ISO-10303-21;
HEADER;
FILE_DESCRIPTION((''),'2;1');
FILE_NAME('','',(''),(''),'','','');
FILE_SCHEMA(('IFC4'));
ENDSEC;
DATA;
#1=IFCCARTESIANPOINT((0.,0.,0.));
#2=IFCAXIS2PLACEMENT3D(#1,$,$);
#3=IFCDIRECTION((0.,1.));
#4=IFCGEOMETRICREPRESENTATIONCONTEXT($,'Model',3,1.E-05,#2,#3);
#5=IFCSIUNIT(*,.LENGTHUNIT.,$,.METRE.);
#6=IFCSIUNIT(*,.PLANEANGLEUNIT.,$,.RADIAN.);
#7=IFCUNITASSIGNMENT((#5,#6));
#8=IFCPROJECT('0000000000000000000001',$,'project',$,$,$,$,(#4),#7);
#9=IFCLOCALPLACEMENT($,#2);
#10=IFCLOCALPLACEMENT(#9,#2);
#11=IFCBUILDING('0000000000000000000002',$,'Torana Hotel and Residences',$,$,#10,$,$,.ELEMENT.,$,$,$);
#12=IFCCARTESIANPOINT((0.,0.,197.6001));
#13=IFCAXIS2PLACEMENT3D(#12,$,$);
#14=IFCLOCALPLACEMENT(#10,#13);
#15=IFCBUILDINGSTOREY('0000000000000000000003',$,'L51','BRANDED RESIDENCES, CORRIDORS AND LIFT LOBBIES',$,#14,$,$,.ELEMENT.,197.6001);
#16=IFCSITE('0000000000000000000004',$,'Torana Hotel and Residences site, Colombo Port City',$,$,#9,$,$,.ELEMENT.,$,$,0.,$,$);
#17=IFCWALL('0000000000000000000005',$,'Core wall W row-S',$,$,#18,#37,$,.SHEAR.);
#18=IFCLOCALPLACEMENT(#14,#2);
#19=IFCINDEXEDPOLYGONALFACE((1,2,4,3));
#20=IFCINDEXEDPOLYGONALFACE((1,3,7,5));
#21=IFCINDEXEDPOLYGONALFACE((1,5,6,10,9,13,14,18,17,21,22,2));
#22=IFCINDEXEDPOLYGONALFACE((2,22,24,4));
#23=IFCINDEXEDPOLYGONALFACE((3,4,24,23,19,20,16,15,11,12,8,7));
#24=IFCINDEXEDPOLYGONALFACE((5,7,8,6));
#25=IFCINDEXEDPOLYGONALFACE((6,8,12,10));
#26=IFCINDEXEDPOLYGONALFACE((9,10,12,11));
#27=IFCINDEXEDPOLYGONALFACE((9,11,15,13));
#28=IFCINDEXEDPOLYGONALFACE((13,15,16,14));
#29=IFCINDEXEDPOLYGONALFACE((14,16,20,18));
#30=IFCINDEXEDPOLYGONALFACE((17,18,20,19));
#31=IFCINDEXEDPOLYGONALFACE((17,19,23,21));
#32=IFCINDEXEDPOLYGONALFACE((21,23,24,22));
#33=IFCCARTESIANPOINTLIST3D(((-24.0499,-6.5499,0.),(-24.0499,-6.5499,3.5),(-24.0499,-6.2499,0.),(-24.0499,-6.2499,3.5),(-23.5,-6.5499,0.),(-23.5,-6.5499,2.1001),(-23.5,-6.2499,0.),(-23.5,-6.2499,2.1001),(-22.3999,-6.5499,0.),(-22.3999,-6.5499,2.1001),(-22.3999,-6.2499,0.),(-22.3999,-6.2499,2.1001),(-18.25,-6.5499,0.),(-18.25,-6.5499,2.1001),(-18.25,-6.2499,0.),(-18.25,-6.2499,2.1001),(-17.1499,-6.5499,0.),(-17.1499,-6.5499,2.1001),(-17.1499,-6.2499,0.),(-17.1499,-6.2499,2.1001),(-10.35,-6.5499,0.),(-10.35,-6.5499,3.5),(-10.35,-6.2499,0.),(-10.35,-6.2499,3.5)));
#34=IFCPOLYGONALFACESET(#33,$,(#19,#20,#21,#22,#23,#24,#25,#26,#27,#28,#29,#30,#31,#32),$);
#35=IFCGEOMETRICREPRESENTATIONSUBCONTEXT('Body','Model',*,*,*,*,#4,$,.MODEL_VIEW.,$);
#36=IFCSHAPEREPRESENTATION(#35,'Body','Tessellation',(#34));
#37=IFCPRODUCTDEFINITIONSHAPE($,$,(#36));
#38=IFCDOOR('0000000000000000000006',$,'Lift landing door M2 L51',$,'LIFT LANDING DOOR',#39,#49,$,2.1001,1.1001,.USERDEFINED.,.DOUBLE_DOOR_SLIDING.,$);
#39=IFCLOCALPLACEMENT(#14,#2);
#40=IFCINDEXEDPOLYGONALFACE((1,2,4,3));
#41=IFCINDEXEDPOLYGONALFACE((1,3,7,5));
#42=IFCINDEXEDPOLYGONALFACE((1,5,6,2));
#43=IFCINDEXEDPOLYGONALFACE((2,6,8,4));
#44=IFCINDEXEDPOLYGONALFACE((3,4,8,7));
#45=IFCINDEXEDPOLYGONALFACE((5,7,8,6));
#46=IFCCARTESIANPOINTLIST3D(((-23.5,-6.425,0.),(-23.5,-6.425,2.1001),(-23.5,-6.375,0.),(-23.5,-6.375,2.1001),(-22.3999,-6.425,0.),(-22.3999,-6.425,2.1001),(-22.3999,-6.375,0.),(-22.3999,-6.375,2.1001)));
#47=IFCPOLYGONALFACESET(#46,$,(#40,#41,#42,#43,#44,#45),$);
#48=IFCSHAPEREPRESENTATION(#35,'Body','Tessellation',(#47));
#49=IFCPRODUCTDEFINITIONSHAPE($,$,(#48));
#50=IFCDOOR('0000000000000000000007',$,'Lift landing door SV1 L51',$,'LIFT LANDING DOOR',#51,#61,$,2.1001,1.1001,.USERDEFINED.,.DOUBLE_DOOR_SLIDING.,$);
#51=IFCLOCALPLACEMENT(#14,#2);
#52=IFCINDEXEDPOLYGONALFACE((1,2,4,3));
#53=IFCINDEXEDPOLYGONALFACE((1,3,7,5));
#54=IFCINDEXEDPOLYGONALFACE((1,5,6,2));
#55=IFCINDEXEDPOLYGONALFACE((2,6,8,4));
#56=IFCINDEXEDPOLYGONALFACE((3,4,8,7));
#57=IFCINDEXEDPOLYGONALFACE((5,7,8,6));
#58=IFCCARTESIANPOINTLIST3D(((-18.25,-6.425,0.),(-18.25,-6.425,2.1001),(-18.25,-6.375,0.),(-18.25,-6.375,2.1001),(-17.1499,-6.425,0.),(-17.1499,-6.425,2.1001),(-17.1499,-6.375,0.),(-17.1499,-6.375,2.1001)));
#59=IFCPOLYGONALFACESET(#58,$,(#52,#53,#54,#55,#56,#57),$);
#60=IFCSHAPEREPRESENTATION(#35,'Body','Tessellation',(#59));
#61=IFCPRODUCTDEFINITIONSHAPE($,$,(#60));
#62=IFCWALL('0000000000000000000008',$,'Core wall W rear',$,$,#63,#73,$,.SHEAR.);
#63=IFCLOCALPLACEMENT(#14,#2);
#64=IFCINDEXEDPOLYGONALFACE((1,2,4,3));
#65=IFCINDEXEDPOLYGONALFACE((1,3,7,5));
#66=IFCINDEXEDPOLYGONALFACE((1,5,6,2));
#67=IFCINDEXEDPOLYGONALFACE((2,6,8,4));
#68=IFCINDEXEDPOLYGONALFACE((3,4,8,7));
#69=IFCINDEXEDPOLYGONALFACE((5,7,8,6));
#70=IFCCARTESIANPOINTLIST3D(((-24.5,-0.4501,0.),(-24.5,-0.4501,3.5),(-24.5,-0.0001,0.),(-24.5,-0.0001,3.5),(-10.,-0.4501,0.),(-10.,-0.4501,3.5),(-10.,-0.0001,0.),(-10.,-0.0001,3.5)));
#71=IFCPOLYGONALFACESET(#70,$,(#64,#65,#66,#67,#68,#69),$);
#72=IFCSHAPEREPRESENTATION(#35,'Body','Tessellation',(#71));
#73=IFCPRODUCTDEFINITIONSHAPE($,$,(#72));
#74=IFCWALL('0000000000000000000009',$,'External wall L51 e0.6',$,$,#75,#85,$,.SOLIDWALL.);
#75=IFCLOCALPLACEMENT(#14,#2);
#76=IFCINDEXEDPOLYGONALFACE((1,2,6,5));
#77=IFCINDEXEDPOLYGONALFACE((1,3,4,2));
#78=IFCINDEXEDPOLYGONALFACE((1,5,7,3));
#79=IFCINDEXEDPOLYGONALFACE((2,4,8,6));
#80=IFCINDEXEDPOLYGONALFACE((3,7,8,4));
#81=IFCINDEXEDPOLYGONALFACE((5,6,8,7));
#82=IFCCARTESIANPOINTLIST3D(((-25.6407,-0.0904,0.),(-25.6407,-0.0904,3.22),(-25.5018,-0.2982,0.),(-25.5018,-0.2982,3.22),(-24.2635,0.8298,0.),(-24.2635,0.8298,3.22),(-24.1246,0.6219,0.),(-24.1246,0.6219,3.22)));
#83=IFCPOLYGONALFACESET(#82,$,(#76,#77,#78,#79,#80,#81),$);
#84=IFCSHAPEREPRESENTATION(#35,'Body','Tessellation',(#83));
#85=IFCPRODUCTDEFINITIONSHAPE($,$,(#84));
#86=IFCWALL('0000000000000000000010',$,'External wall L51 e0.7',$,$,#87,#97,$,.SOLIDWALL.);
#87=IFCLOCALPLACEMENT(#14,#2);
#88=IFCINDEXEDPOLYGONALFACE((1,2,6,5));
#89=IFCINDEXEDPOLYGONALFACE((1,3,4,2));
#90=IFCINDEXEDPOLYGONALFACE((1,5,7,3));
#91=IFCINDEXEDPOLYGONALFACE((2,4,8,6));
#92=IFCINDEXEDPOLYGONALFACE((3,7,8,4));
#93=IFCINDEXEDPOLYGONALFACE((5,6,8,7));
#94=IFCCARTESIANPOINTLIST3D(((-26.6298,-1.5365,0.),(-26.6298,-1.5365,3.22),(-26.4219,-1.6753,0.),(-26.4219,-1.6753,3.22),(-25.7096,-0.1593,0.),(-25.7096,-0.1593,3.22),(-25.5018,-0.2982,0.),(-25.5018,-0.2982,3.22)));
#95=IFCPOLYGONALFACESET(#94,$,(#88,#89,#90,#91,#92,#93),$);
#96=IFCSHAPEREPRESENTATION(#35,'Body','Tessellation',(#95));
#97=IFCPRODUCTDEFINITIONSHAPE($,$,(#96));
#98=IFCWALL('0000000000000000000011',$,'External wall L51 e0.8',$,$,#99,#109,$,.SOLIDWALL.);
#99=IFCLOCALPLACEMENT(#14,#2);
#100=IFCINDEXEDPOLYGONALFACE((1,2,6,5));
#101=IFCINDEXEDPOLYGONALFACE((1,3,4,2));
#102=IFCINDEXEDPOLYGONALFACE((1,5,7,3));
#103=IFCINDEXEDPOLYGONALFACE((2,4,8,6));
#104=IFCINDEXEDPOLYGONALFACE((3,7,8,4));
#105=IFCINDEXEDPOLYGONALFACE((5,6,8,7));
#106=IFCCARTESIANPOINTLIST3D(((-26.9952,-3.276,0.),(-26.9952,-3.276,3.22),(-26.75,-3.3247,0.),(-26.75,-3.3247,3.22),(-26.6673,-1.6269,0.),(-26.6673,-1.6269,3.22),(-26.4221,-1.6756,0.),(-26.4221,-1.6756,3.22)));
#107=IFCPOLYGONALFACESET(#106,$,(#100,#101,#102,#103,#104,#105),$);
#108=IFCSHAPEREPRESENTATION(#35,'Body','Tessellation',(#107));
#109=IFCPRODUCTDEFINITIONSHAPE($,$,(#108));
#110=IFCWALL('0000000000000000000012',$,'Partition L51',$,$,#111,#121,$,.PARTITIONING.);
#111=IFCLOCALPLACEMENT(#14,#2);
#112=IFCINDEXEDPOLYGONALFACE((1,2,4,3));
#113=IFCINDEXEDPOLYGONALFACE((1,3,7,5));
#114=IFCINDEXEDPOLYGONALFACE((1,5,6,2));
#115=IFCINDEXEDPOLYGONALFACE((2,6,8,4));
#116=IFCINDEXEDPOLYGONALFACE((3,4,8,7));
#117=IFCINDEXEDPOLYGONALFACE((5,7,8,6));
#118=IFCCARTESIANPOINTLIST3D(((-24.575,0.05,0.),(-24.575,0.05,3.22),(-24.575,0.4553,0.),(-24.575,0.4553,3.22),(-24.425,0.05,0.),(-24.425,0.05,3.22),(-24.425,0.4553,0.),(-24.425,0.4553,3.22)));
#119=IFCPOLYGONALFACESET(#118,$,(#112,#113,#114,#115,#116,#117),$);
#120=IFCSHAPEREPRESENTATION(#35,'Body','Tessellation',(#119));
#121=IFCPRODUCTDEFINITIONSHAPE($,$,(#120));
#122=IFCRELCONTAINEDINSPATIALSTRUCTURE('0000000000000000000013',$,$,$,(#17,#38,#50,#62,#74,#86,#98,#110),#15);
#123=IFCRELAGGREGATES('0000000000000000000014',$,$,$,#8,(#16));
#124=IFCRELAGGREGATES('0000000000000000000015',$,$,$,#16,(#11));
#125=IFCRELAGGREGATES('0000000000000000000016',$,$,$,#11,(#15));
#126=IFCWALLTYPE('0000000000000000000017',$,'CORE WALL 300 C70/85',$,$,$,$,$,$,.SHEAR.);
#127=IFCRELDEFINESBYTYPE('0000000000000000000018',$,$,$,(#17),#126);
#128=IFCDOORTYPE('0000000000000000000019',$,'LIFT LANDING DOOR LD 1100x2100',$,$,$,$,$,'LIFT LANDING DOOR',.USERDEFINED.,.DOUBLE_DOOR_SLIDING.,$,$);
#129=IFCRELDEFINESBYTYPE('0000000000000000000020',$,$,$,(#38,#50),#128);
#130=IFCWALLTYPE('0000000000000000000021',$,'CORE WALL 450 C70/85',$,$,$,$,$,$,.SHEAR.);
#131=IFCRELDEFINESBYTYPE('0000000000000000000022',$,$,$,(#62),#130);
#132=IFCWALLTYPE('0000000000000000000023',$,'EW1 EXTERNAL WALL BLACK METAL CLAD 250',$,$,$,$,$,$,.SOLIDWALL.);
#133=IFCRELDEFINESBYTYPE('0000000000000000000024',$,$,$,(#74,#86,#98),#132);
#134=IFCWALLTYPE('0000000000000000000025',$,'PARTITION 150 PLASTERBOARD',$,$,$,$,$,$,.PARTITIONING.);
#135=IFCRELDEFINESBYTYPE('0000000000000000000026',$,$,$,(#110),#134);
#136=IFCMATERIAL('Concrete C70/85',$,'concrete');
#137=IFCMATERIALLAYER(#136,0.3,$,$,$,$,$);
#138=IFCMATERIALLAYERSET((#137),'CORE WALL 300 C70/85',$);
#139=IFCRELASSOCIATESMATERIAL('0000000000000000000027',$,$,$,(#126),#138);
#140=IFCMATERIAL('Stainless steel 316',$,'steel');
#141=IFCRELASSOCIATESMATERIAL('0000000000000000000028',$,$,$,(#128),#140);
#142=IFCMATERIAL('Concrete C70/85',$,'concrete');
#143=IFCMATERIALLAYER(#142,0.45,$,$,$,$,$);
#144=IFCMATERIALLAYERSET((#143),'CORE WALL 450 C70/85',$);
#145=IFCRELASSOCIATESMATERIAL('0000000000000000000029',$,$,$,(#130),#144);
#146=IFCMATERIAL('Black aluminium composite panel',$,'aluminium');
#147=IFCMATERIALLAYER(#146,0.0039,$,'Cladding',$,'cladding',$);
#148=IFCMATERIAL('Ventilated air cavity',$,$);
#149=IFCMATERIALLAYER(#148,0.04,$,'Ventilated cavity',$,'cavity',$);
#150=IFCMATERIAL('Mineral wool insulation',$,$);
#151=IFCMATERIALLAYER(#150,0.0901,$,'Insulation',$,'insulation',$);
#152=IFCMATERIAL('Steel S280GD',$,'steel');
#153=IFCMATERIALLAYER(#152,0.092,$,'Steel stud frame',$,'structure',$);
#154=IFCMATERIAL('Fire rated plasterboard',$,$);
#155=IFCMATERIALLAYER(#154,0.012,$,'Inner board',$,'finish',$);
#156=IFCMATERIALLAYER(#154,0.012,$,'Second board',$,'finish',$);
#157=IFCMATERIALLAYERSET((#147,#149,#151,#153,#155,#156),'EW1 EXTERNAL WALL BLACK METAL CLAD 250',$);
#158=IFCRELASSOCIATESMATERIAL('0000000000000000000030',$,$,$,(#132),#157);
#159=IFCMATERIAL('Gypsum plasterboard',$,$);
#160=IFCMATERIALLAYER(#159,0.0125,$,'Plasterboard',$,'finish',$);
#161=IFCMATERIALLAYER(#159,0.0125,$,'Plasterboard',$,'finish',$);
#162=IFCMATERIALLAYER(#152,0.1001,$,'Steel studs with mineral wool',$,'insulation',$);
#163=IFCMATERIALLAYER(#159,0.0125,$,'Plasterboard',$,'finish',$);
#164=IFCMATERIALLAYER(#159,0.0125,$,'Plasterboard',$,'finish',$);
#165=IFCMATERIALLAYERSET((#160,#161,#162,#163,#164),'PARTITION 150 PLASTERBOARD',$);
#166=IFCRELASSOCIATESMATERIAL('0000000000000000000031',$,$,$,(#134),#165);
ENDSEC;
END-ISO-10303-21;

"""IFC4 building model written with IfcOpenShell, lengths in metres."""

from ifc_helpers import new_model, si_unit, direction, frame, frame_2d, origin, place, context, subcontext, project, spatial, rectangle, extrude, material, layer, layer_set, type_object, element, fill, save


model = new_model("IFC4")

# Units and contexts
model_context = context("Model", 3, precision=1e-05, world=origin(), true_north=direction((0.0, 1.0)))
body_context = subcontext(model_context, "Body", "Model", "MODEL_VIEW")
ifc_project = project(units=[si_unit("LENGTHUNIT", "METRE"), si_unit("PLANEANGLEUNIT", "RADIAN")], contexts=[model_context])

# Site, building, storey
site_placement = place(None, origin())
site = spatial("IfcSite", under=ifc_project, at=site_placement, Name="Torana Hotel and Residences site, Colombo Port City", CompositionType="ELEMENT", RefElevation=0.0)
building_placement = place(site_placement, origin())
building = spatial("IfcBuilding", under=site, at=building_placement, Name="Torana Hotel and Residences", CompositionType="ELEMENT")
storey_placement = place(building_placement, frame((0.0, 0.0, 197.6001)))
storey = spatial("IfcBuildingStorey", under=building, at=storey_placement, Name="L51", Description="BRANDED RESIDENCES, CORRIDORS AND LIFT LOBBIES", CompositionType="ELEMENT", Elevation=197.6001)

# Wall, openings, doors
ifc_material_1 = material(Name="Concrete C70/85", Category="concrete")
ifc_layer_1 = layer(ifc_material_1, 0.3)
ifc_layer_set_1 = layer_set([ifc_layer_1], Name="CORE WALL 300 C70/85")
wall_type_1 = type_object("IfcWallType", Name="CORE WALL 300 C70/85", PredefinedType="SHEAR", material=ifc_layer_set_1)
ifc_material_2 = material(Name="Stainless steel 316", Category="steel")
door_type_1 = type_object("IfcDoorType", Name="LIFT LANDING DOOR LD 1100x2100", ElementType="LIFT LANDING DOOR", OperationType="DOUBLE_DOOR_SLIDING", PredefinedType="USERDEFINED", material=ifc_material_2)
wall_1_placement = place(storey_placement, frame((-24.05, -6.3999, 0.0), z_axis=(0.0, 0.0, 1.0), x_axis=(1.0, 0.0, 0.0)))
wall_1 = element("IfcWall", 1, at=wall_1_placement, inside=storey, type_object=wall_type_1, Name="Core wall W row-S", PredefinedType="SHEAR", context=body_context, shape_type="SweptSolid", body=[
    extrude(rectangle(XDim=13.7, YDim=0.3, at=frame_2d((6.8501, 0.0))), origin(), (0.0, 0.0, 1.0), 3.5),
])
opening_1_placement = place(wall_1_placement, frame((0.55, 0.0, 0.0)))
opening_1 = element("IfcOpeningElement", 2, at=opening_1_placement, cuts=wall_1, PredefinedType="OPENING", context=body_context, shape_type="SweptSolid", body=[
    extrude(rectangle(XDim=1.1001, YDim=2.1001, at=frame_2d((0.55, 1.05))), frame((0.0, 0.1599, 0.0), z_axis=(0.0, -1.0, 0.0), x_axis=(1.0, 0.0, 0.0)), (0.0, 0.0, 1.0), 0.3201),
])
opening_2_placement = place(wall_1_placement, frame((5.8, 0.0, 0.0)))
opening_2 = element("IfcOpeningElement", 3, at=opening_2_placement, cuts=wall_1, PredefinedType="OPENING", context=body_context, shape_type="SweptSolid", body=[
    extrude(rectangle(XDim=1.1001, YDim=2.1001, at=frame_2d((0.55, 1.05))), frame((0.0, 0.1599, 0.0), z_axis=(0.0, -1.0, 0.0), x_axis=(1.0, 0.0, 0.0)), (0.0, 0.0, 1.0), 0.3201),
])
door_1_placement = place(opening_1_placement, origin())
door_1 = element("IfcDoor", 4, at=door_1_placement, inside=storey, type_object=door_type_1, Name="Lift landing door M2 L51", ObjectType="LIFT LANDING DOOR", OperationType="DOUBLE_DOOR_SLIDING", OverallHeight=2.1001, OverallWidth=1.1001, PredefinedType="USERDEFINED", context=body_context, shape_type="SweptSolid", body=[
    extrude(rectangle(XDim=1.1001, YDim=2.1001, at=frame_2d((0.55, 1.05))), frame((0.0, 0.0249, 0.0), z_axis=(0.0, -1.0, 0.0), x_axis=(1.0, 0.0, 0.0)), (0.0, 0.0, 1.0), 0.05),
])
fill(opening_1, door_1)
door_2_placement = place(opening_2_placement, origin())
door_2 = element("IfcDoor", 5, at=door_2_placement, inside=storey, type_object=door_type_1, Name="Lift landing door SV1 L51", ObjectType="LIFT LANDING DOOR", OperationType="DOUBLE_DOOR_SLIDING", OverallHeight=2.1001, OverallWidth=1.1001, PredefinedType="USERDEFINED", context=body_context, shape_type="SweptSolid", body=[
    extrude(rectangle(XDim=1.1001, YDim=2.1001, at=frame_2d((0.55, 1.05))), frame((0.0, 0.0249, 0.0), z_axis=(0.0, -1.0, 0.0), x_axis=(1.0, 0.0, 0.0)), (0.0, 0.0, 1.0), 0.05),
])
fill(opening_2, door_2)

# Walls
ifc_material_3 = material(Name="Concrete C70/85", Category="concrete")
ifc_layer_2 = layer(ifc_material_3, 0.45)
ifc_layer_set_2 = layer_set([ifc_layer_2], Name="CORE WALL 450 C70/85")
wall_type_2 = type_object("IfcWallType", Name="CORE WALL 450 C70/85", PredefinedType="SHEAR", material=ifc_layer_set_2)
wall_2_placement = place(storey_placement, frame((-24.5, -0.2251, 0.0), z_axis=(0.0, 0.0, 1.0), x_axis=(1.0, 0.0, 0.0)))
element("IfcWall", 6, at=wall_2_placement, inside=storey, type_object=wall_type_2, Name="Core wall W rear", PredefinedType="SHEAR", context=body_context, shape_type="SweptSolid", body=[
    extrude(rectangle(XDim=14.5, YDim=0.45, at=frame_2d((7.25, 0.0))), origin(), (0.0, 0.0, 1.0), 3.5),
])
ifc_material_4 = material(Name="Black aluminium composite panel", Category="aluminium")
ifc_layer_3 = layer(ifc_material_4, 0.0039, Name="Cladding", Category="cladding")
ifc_material_5 = material(Name="Ventilated air cavity")
ifc_layer_4 = layer(ifc_material_5, 0.04, Name="Ventilated cavity", Category="cavity")
ifc_material_6 = material(Name="Mineral wool insulation")
ifc_layer_5 = layer(ifc_material_6, 0.0901, Name="Insulation", Category="insulation")
ifc_material_7 = material(Name="Steel S280GD", Category="steel")
ifc_layer_6 = layer(ifc_material_7, 0.092, Name="Steel stud frame", Category="structure")
ifc_material_8 = material(Name="Fire rated plasterboard")
ifc_layer_7 = layer(ifc_material_8, 0.012, Name="Inner board", Category="finish")
ifc_layer_8 = layer(ifc_material_8, 0.012, Name="Second board", Category="finish")
ifc_layer_set_3 = layer_set([ifc_layer_3, ifc_layer_4, ifc_layer_5, ifc_layer_6, ifc_layer_7, ifc_layer_8], Name="EW1 EXTERNAL WALL BLACK METAL CLAD 250")
wall_type_3 = type_object("IfcWallType", Name="EW1 EXTERNAL WALL BLACK METAL CLAD 250", PredefinedType="SOLIDWALL", material=ifc_layer_set_3)
for number, where, z_axis, x_axis, name in (
    (7, (-24.1941, 0.7258, 0.0), (0.0, 0.0, 1.0), (-0.831483, -0.55555, 0.0), "External wall L51 e0.6"),
    (8, (-25.6057, -0.2288, 0.0), (0.0, 0.0, 1.0), (-0.55555, -0.831483, 0.0), "External wall L51 e0.7"),
):
    element("IfcWall", number, at=place(storey_placement, frame(where, z_axis=z_axis, x_axis=x_axis)), inside=storey, type_object=wall_type_3, Name=name, PredefinedType="SOLIDWALL", context=body_context, shape_type="SweptSolid", body=[
        extrude(rectangle(XDim=1.6562, YDim=0.25, at=frame_2d((0.8281, 0.0))), origin(), (0.0, 0.0, 1.0), 3.22),
    ])
wall_3_placement = place(storey_placement, frame((-26.5447, -1.6511, 0.0), z_axis=(0.0, 0.0, 1.0), x_axis=(-0.194999, -0.980803, 0.0)))
element("IfcWall", 9, at=wall_3_placement, inside=storey, type_object=wall_type_3, Name="External wall L51 e0.8", PredefinedType="SOLIDWALL", context=body_context, shape_type="SweptSolid", body=[
    extrude(rectangle(XDim=1.6814, YDim=0.25, at=frame_2d((0.8408, 0.0))), origin(), (0.0, 0.0, 1.0), 3.22),
])

# Wall
ifc_material_9 = material(Name="Gypsum plasterboard")
ifc_layer_9 = layer(ifc_material_9, 0.0125, Name="Plasterboard", Category="finish")
ifc_layer_10 = layer(ifc_material_9, 0.0125, Name="Plasterboard", Category="finish")
ifc_layer_11 = layer(ifc_material_7, 0.1001, Name="Steel studs with mineral wool", Category="insulation")
ifc_layer_12 = layer(ifc_material_9, 0.0125, Name="Plasterboard", Category="finish")
ifc_layer_13 = layer(ifc_material_9, 0.0125, Name="Plasterboard", Category="finish")
ifc_layer_set_4 = layer_set([ifc_layer_9, ifc_layer_10, ifc_layer_11, ifc_layer_12, ifc_layer_13], Name="PARTITION 150 PLASTERBOARD")
wall_type_4 = type_object("IfcWallType", Name="PARTITION 150 PLASTERBOARD", PredefinedType="PARTITIONING", material=ifc_layer_set_4)
wall_4_placement = place(storey_placement, frame((-24.5, 0.05, 0.0), z_axis=(0.0, 0.0, 1.0), x_axis=(0.0, 1.0, 0.0)))
element("IfcWall", 10, at=wall_4_placement, inside=storey, type_object=wall_type_4, Name="Partition L51", PredefinedType="PARTITIONING", context=body_context, shape_type="SweptSolid", body=[
    extrude(rectangle(XDim=0.4053, YDim=0.1499, at=frame_2d((0.2026, 0.0))), origin(), (0.0, 0.0, 1.0), 3.22),
])

save(model, "model.ifc")
